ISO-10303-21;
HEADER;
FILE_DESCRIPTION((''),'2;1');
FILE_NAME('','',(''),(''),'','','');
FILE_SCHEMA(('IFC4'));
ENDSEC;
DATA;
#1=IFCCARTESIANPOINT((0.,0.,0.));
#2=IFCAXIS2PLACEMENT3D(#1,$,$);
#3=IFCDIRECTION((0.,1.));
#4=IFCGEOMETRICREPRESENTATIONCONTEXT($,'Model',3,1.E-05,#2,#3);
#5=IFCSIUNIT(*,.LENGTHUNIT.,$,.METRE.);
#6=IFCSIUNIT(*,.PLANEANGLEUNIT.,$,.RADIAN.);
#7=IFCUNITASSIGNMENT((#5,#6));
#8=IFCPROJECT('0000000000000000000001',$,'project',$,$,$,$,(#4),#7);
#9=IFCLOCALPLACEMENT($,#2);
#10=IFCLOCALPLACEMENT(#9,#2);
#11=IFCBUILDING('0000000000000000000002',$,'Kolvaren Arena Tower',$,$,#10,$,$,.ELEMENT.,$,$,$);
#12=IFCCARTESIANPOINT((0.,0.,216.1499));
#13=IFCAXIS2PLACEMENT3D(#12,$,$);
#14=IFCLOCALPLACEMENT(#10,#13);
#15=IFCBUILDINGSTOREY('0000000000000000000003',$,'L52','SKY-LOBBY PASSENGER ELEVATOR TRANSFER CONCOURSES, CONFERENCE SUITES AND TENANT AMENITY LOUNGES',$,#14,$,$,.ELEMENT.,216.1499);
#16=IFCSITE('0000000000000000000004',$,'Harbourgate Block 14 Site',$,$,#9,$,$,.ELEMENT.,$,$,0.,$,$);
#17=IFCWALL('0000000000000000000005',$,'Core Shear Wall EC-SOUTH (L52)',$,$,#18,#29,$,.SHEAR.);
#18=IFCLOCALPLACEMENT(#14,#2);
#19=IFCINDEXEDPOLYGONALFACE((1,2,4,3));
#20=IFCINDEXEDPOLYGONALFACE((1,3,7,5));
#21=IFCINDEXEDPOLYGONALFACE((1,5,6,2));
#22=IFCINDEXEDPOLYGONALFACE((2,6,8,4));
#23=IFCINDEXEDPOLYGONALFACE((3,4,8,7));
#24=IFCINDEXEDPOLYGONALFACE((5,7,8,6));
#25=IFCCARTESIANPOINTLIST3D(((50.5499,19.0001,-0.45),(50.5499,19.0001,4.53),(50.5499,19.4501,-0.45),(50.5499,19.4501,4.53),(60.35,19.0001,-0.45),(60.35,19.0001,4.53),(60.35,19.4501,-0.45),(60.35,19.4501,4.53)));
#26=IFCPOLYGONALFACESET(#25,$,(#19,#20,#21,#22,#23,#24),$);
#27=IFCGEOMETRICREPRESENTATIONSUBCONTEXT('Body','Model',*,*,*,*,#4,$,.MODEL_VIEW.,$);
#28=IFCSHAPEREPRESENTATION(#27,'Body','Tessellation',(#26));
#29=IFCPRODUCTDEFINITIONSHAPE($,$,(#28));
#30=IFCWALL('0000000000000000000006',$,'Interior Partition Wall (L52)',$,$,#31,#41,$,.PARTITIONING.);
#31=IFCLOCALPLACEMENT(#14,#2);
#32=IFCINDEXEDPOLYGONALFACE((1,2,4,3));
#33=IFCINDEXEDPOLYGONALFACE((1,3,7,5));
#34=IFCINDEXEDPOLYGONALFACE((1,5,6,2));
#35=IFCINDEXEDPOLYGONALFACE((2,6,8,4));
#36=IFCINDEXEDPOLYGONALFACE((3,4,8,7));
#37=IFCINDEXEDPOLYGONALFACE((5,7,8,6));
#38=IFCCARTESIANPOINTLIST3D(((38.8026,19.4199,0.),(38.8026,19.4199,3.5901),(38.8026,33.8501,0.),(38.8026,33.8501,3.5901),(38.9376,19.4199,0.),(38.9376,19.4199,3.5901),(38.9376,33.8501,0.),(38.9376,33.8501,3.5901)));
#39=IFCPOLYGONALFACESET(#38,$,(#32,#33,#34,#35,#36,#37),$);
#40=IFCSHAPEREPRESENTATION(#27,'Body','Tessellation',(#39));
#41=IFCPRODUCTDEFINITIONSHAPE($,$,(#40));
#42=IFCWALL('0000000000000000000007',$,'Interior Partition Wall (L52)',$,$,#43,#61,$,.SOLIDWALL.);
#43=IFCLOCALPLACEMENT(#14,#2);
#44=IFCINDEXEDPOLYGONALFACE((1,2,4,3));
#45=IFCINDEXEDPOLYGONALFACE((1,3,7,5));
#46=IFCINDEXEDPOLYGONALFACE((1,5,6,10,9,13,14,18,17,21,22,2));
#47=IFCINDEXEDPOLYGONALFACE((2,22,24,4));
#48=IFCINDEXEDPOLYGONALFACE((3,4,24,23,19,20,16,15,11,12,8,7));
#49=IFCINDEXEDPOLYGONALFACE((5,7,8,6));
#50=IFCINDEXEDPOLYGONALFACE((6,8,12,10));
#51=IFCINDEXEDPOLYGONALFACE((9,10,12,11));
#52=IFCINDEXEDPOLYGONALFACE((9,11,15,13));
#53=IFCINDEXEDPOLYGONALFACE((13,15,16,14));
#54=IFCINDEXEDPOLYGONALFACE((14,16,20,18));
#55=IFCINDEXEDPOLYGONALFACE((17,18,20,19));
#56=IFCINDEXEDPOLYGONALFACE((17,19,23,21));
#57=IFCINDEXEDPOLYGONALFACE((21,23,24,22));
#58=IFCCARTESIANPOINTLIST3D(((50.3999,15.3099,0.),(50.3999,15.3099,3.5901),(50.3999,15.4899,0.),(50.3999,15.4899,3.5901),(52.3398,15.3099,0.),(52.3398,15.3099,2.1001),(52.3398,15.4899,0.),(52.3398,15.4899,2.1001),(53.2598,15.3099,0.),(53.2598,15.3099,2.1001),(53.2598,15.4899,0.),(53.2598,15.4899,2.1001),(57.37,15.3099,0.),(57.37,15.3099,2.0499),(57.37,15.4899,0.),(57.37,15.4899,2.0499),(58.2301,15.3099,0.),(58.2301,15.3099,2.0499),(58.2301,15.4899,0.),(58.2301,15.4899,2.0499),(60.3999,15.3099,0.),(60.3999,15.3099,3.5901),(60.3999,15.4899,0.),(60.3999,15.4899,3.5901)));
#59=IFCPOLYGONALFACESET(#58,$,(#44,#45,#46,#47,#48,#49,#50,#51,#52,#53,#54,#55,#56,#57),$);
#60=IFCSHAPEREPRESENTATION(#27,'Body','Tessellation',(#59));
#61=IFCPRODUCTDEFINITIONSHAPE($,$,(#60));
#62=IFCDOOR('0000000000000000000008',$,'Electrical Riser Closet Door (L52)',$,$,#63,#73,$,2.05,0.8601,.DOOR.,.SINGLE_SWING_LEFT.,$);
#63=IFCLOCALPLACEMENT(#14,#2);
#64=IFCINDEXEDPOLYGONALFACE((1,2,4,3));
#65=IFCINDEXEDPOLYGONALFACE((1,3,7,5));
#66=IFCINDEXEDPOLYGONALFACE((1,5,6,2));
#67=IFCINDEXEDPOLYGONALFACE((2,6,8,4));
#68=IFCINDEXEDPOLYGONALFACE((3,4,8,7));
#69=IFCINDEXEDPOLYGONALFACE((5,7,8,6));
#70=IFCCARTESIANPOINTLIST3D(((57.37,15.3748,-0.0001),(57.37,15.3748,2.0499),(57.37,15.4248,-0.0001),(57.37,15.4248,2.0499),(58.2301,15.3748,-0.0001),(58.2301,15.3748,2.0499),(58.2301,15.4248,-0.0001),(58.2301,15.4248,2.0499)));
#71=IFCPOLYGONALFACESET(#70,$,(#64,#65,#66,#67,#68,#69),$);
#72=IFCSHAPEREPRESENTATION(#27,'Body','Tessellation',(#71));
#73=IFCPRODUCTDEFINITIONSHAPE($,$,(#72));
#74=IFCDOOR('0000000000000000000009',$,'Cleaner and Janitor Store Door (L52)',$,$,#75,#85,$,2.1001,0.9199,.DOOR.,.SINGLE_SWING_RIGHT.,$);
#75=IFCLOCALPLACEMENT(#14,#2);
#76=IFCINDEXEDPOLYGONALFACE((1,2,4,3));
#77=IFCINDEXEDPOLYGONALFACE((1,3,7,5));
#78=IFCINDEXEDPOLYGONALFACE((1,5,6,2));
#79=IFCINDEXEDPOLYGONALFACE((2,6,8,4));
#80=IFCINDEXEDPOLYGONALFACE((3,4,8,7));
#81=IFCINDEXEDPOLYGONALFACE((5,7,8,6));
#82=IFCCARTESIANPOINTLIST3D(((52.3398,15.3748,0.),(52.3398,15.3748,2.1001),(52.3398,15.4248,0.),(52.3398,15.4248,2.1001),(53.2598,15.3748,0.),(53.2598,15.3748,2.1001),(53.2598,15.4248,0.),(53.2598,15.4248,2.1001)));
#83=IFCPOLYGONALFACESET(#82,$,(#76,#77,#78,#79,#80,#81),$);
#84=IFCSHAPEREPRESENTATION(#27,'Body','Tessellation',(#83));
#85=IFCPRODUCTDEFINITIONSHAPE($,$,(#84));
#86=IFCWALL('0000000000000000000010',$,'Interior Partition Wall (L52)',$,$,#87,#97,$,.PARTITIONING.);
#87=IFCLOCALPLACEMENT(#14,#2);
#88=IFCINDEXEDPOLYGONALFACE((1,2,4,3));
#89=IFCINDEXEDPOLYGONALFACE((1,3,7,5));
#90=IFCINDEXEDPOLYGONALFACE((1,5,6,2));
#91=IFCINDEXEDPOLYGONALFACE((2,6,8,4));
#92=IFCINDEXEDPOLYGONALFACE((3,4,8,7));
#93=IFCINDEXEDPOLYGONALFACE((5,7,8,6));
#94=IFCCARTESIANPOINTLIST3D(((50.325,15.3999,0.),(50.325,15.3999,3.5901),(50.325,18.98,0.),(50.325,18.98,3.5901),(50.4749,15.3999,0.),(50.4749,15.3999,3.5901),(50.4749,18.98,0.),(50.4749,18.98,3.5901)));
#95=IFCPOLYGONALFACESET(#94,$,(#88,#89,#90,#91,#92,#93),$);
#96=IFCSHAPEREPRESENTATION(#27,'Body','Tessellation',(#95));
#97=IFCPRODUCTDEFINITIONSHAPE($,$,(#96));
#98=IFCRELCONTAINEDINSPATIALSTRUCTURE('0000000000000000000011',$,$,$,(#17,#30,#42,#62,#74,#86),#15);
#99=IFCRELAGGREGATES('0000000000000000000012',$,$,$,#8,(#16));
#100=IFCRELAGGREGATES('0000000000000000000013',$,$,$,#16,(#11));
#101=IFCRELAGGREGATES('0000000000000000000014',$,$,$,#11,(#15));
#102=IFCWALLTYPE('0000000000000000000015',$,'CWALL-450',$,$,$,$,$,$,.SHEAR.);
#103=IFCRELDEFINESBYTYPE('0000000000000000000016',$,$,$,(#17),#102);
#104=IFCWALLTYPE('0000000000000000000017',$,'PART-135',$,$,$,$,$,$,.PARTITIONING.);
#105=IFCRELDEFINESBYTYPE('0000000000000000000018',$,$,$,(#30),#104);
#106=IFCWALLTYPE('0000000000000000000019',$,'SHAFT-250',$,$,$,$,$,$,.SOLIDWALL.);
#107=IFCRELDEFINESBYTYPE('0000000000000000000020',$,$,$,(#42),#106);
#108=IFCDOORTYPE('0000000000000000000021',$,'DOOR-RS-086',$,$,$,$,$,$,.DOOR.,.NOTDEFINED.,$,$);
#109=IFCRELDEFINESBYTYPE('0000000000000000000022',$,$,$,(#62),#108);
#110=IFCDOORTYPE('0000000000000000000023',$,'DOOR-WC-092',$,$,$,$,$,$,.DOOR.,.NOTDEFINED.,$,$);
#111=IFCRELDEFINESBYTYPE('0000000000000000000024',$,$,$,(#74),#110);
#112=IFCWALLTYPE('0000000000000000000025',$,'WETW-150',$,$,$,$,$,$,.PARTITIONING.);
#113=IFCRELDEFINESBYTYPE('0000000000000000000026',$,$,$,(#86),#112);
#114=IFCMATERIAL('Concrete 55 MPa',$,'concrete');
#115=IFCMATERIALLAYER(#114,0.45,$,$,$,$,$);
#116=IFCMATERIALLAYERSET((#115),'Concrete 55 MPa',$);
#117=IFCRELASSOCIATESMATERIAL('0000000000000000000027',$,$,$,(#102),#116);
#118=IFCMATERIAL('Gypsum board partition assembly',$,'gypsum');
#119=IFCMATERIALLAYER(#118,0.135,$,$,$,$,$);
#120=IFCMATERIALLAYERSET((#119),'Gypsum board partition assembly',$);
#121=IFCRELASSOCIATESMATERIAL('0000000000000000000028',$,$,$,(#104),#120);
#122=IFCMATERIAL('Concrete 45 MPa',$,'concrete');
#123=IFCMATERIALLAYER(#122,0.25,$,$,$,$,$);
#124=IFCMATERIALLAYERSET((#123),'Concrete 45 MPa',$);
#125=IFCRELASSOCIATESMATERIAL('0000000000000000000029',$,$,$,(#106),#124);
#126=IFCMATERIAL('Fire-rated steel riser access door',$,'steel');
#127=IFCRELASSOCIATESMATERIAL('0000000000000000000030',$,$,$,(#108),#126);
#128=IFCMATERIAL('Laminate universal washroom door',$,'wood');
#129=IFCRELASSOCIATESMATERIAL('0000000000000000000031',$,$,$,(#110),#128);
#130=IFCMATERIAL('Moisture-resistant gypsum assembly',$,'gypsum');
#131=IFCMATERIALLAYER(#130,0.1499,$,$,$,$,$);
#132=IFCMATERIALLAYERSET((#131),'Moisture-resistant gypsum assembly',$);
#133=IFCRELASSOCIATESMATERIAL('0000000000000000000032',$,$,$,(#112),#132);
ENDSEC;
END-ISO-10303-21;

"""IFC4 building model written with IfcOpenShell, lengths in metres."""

from ifc_helpers import new_model, si_unit, direction, frame, frame_2d, origin, place, context, subcontext, project, spatial, rectangle, extrude, material, layer, layer_set, type_object, element, fill, save


model = new_model("IFC4")

# Units and contexts
model_context = context("Model", 3, precision=1e-05, world=origin(), true_north=direction((0.0, 1.0)))
body_context = subcontext(model_context, "Body", "Model", "MODEL_VIEW")
ifc_project = project(units=[si_unit("LENGTHUNIT", "METRE"), si_unit("PLANEANGLEUNIT", "RADIAN")], contexts=[model_context])

# Site, building, storey
site_placement = place(None, origin())
site = spatial("IfcSite", under=ifc_project, at=site_placement, Name="Harbourgate Block 14 Site", CompositionType="ELEMENT", RefElevation=0.0)
building_placement = place(site_placement, origin())
building = spatial("IfcBuilding", under=site, at=building_placement, Name="Kolvaren Arena Tower", CompositionType="ELEMENT")
storey_placement = place(building_placement, frame((0.0, 0.0, 216.1499)))
storey = spatial("IfcBuildingStorey", under=building, at=storey_placement, Name="L52", Description="SKY-LOBBY PASSENGER ELEVATOR TRANSFER CONCOURSES, CONFERENCE SUITES AND TENANT AMENITY LOUNGES", CompositionType="ELEMENT", Elevation=216.1499)

# Shared definitions
ifc_material_1 = material(Name="Concrete 55 MPa", Category="concrete")
ifc_layer_1 = layer(ifc_material_1, 0.45)
ifc_layer_set_1 = layer_set([ifc_layer_1], Name="Concrete 55 MPa")
wall_type_1 = type_object("IfcWallType", Name="CWALL-450", PredefinedType="SHEAR", material=ifc_layer_set_1)

# Walls
wall_1_placement = place(storey_placement, frame((50.55, 19.2251, -0.45), z_axis=(0.0, 0.0, 1.0), x_axis=(1.0, 0.0, 0.0)))
element("IfcWall", 1, at=wall_1_placement, inside=storey, type_object=wall_type_1, Name="Core Shear Wall EC-SOUTH (L52)", PredefinedType="SHEAR", context=body_context, shape_type="SweptSolid", body=[
    extrude(rectangle(XDim=9.8, YDim=0.45, at=frame_2d((4.8999, 0.0))), origin(), (0.0, 0.0, 1.0), 4.98),
])
ifc_material_2 = material(Name="Gypsum board partition assembly", Category="gypsum")
ifc_layer_2 = layer(ifc_material_2, 0.135)
ifc_layer_set_2 = layer_set([ifc_layer_2], Name="Gypsum board partition assembly")
wall_type_2 = type_object("IfcWallType", Name="PART-135", PredefinedType="PARTITIONING", material=ifc_layer_set_2)
wall_2_placement = place(storey_placement, frame((38.8701, 19.4199, 0.0), z_axis=(0.0, 0.0, 1.0), x_axis=(0.0, 1.0, 0.0)))
element("IfcWall", 2, at=wall_2_placement, inside=storey, type_object=wall_type_2, Name="Interior Partition Wall (L52)", PredefinedType="PARTITIONING", context=body_context, shape_type="SweptSolid", body=[
    extrude(rectangle(XDim=14.4302, YDim=0.135, at=frame_2d((7.2151, 0.0))), origin(), (0.0, 0.0, 1.0), 3.5901),
])

# Wall, openings, doors
ifc_material_3 = material(Name="Concrete 45 MPa", Category="concrete")
ifc_layer_3 = layer(ifc_material_3, 0.25)
ifc_layer_set_3 = layer_set([ifc_layer_3], Name="Concrete 45 MPa")
wall_type_3 = type_object("IfcWallType", Name="SHAFT-250", PredefinedType="SOLIDWALL", material=ifc_layer_set_3)
wall_3_placement = place(storey_placement, frame((50.3999, 15.3999, 0.0), z_axis=(0.0, 0.0, 1.0), x_axis=(1.0, 0.0, 0.0)))
wall_3 = element("IfcWall", 3, at=wall_3_placement, inside=storey, type_object=wall_type_3, Name="Interior Partition Wall (L52)", PredefinedType="SOLIDWALL", context=body_context, shape_type="SweptSolid", body=[
    extrude(rectangle(XDim=10.0, YDim=0.1799, at=frame_2d((5.0, 0.0))), origin(), (0.0, 0.0, 1.0), 3.5901),
])
opening_1_placement = place(wall_3_placement, frame((1.9399, 0.0, 0.0)))
opening_1 = element("IfcOpeningElement", 4, at=opening_1_placement, cuts=wall_3, PredefinedType="OPENING", context=body_context, shape_type="SweptSolid", body=[
    extrude(rectangle(XDim=0.9199, YDim=2.1001, at=frame_2d((0.46, 1.05))), frame((0.0, 0.0999, 0.0), z_axis=(0.0, -1.0, 0.0), x_axis=(1.0, 0.0, 0.0)), (0.0, 0.0, 1.0), 0.2),
])
opening_2_placement = place(wall_3_placement, frame((6.97, 0.0, 0.0)))
opening_2 = element("IfcOpeningElement", 5, at=opening_2_placement, cuts=wall_3, PredefinedType="OPENING", context=body_context, shape_type="SweptSolid", body=[
    extrude(rectangle(XDim=0.8601, YDim=2.05, at=frame_2d((0.4302, 1.0249))), frame((0.0, 0.0999, 0.0), z_axis=(0.0, -1.0, 0.0), x_axis=(1.0, 0.0, 0.0)), (0.0, 0.0, 1.0), 0.2),
])
ifc_material_4 = material(Name="Fire-rated steel riser access door", Category="steel")
door_type_1 = type_object("IfcDoorType", Name="DOOR-RS-086", OperationType="NOTDEFINED", PredefinedType="DOOR", material=ifc_material_4)
door_1_placement = place(opening_2_placement, origin())
door_1 = element("IfcDoor", 6, at=door_1_placement, inside=storey, type_object=door_type_1, Name="Electrical Riser Closet Door (L52)", OperationType="SINGLE_SWING_LEFT", OverallHeight=2.05, OverallWidth=0.8601, PredefinedType="DOOR", context=body_context, shape_type="SweptSolid", body=[
    extrude(rectangle(XDim=0.8601, YDim=2.05, at=frame_2d((0.4302, 1.0249))), frame((0.0, 0.0249, 0.0), z_axis=(0.0, -1.0, 0.0), x_axis=(1.0, 0.0, 0.0)), (0.0, 0.0, 1.0), 0.05),
])
fill(opening_2, door_1)
ifc_material_5 = material(Name="Laminate universal washroom door", Category="wood")
door_type_2 = type_object("IfcDoorType", Name="DOOR-WC-092", OperationType="NOTDEFINED", PredefinedType="DOOR", material=ifc_material_5)
door_2_placement = place(opening_1_placement, origin())
door_2 = element("IfcDoor", 7, at=door_2_placement, inside=storey, type_object=door_type_2, Name="Cleaner and Janitor Store Door (L52)", OperationType="SINGLE_SWING_RIGHT", OverallHeight=2.1001, OverallWidth=0.9199, PredefinedType="DOOR", context=body_context, shape_type="SweptSolid", body=[
    extrude(rectangle(XDim=0.9199, YDim=2.1001, at=frame_2d((0.46, 1.05))), frame((0.0, 0.0249, 0.0), z_axis=(0.0, -1.0, 0.0), x_axis=(1.0, 0.0, 0.0)), (0.0, 0.0, 1.0), 0.05),
])
fill(opening_1, door_2)

# Wall
ifc_material_6 = material(Name="Moisture-resistant gypsum assembly", Category="gypsum")
ifc_layer_4 = layer(ifc_material_6, 0.1499)
ifc_layer_set_4 = layer_set([ifc_layer_4], Name="Moisture-resistant gypsum assembly")
wall_type_4 = type_object("IfcWallType", Name="WETW-150", PredefinedType="PARTITIONING", material=ifc_layer_set_4)
wall_4_placement = place(storey_placement, frame((50.3999, 15.3999, 0.0), z_axis=(0.0, 0.0, 1.0), x_axis=(0.0, 1.0, 0.0)))
element("IfcWall", 8, at=wall_4_placement, inside=storey, type_object=wall_type_4, Name="Interior Partition Wall (L52)", PredefinedType="PARTITIONING", context=body_context, shape_type="SweptSolid", body=[
    extrude(rectangle(XDim=3.5801, YDim=0.1499, at=frame_2d((1.79, 0.0))), origin(), (0.0, 0.0, 1.0), 3.5901),
])

save(model, "model.ifc")
